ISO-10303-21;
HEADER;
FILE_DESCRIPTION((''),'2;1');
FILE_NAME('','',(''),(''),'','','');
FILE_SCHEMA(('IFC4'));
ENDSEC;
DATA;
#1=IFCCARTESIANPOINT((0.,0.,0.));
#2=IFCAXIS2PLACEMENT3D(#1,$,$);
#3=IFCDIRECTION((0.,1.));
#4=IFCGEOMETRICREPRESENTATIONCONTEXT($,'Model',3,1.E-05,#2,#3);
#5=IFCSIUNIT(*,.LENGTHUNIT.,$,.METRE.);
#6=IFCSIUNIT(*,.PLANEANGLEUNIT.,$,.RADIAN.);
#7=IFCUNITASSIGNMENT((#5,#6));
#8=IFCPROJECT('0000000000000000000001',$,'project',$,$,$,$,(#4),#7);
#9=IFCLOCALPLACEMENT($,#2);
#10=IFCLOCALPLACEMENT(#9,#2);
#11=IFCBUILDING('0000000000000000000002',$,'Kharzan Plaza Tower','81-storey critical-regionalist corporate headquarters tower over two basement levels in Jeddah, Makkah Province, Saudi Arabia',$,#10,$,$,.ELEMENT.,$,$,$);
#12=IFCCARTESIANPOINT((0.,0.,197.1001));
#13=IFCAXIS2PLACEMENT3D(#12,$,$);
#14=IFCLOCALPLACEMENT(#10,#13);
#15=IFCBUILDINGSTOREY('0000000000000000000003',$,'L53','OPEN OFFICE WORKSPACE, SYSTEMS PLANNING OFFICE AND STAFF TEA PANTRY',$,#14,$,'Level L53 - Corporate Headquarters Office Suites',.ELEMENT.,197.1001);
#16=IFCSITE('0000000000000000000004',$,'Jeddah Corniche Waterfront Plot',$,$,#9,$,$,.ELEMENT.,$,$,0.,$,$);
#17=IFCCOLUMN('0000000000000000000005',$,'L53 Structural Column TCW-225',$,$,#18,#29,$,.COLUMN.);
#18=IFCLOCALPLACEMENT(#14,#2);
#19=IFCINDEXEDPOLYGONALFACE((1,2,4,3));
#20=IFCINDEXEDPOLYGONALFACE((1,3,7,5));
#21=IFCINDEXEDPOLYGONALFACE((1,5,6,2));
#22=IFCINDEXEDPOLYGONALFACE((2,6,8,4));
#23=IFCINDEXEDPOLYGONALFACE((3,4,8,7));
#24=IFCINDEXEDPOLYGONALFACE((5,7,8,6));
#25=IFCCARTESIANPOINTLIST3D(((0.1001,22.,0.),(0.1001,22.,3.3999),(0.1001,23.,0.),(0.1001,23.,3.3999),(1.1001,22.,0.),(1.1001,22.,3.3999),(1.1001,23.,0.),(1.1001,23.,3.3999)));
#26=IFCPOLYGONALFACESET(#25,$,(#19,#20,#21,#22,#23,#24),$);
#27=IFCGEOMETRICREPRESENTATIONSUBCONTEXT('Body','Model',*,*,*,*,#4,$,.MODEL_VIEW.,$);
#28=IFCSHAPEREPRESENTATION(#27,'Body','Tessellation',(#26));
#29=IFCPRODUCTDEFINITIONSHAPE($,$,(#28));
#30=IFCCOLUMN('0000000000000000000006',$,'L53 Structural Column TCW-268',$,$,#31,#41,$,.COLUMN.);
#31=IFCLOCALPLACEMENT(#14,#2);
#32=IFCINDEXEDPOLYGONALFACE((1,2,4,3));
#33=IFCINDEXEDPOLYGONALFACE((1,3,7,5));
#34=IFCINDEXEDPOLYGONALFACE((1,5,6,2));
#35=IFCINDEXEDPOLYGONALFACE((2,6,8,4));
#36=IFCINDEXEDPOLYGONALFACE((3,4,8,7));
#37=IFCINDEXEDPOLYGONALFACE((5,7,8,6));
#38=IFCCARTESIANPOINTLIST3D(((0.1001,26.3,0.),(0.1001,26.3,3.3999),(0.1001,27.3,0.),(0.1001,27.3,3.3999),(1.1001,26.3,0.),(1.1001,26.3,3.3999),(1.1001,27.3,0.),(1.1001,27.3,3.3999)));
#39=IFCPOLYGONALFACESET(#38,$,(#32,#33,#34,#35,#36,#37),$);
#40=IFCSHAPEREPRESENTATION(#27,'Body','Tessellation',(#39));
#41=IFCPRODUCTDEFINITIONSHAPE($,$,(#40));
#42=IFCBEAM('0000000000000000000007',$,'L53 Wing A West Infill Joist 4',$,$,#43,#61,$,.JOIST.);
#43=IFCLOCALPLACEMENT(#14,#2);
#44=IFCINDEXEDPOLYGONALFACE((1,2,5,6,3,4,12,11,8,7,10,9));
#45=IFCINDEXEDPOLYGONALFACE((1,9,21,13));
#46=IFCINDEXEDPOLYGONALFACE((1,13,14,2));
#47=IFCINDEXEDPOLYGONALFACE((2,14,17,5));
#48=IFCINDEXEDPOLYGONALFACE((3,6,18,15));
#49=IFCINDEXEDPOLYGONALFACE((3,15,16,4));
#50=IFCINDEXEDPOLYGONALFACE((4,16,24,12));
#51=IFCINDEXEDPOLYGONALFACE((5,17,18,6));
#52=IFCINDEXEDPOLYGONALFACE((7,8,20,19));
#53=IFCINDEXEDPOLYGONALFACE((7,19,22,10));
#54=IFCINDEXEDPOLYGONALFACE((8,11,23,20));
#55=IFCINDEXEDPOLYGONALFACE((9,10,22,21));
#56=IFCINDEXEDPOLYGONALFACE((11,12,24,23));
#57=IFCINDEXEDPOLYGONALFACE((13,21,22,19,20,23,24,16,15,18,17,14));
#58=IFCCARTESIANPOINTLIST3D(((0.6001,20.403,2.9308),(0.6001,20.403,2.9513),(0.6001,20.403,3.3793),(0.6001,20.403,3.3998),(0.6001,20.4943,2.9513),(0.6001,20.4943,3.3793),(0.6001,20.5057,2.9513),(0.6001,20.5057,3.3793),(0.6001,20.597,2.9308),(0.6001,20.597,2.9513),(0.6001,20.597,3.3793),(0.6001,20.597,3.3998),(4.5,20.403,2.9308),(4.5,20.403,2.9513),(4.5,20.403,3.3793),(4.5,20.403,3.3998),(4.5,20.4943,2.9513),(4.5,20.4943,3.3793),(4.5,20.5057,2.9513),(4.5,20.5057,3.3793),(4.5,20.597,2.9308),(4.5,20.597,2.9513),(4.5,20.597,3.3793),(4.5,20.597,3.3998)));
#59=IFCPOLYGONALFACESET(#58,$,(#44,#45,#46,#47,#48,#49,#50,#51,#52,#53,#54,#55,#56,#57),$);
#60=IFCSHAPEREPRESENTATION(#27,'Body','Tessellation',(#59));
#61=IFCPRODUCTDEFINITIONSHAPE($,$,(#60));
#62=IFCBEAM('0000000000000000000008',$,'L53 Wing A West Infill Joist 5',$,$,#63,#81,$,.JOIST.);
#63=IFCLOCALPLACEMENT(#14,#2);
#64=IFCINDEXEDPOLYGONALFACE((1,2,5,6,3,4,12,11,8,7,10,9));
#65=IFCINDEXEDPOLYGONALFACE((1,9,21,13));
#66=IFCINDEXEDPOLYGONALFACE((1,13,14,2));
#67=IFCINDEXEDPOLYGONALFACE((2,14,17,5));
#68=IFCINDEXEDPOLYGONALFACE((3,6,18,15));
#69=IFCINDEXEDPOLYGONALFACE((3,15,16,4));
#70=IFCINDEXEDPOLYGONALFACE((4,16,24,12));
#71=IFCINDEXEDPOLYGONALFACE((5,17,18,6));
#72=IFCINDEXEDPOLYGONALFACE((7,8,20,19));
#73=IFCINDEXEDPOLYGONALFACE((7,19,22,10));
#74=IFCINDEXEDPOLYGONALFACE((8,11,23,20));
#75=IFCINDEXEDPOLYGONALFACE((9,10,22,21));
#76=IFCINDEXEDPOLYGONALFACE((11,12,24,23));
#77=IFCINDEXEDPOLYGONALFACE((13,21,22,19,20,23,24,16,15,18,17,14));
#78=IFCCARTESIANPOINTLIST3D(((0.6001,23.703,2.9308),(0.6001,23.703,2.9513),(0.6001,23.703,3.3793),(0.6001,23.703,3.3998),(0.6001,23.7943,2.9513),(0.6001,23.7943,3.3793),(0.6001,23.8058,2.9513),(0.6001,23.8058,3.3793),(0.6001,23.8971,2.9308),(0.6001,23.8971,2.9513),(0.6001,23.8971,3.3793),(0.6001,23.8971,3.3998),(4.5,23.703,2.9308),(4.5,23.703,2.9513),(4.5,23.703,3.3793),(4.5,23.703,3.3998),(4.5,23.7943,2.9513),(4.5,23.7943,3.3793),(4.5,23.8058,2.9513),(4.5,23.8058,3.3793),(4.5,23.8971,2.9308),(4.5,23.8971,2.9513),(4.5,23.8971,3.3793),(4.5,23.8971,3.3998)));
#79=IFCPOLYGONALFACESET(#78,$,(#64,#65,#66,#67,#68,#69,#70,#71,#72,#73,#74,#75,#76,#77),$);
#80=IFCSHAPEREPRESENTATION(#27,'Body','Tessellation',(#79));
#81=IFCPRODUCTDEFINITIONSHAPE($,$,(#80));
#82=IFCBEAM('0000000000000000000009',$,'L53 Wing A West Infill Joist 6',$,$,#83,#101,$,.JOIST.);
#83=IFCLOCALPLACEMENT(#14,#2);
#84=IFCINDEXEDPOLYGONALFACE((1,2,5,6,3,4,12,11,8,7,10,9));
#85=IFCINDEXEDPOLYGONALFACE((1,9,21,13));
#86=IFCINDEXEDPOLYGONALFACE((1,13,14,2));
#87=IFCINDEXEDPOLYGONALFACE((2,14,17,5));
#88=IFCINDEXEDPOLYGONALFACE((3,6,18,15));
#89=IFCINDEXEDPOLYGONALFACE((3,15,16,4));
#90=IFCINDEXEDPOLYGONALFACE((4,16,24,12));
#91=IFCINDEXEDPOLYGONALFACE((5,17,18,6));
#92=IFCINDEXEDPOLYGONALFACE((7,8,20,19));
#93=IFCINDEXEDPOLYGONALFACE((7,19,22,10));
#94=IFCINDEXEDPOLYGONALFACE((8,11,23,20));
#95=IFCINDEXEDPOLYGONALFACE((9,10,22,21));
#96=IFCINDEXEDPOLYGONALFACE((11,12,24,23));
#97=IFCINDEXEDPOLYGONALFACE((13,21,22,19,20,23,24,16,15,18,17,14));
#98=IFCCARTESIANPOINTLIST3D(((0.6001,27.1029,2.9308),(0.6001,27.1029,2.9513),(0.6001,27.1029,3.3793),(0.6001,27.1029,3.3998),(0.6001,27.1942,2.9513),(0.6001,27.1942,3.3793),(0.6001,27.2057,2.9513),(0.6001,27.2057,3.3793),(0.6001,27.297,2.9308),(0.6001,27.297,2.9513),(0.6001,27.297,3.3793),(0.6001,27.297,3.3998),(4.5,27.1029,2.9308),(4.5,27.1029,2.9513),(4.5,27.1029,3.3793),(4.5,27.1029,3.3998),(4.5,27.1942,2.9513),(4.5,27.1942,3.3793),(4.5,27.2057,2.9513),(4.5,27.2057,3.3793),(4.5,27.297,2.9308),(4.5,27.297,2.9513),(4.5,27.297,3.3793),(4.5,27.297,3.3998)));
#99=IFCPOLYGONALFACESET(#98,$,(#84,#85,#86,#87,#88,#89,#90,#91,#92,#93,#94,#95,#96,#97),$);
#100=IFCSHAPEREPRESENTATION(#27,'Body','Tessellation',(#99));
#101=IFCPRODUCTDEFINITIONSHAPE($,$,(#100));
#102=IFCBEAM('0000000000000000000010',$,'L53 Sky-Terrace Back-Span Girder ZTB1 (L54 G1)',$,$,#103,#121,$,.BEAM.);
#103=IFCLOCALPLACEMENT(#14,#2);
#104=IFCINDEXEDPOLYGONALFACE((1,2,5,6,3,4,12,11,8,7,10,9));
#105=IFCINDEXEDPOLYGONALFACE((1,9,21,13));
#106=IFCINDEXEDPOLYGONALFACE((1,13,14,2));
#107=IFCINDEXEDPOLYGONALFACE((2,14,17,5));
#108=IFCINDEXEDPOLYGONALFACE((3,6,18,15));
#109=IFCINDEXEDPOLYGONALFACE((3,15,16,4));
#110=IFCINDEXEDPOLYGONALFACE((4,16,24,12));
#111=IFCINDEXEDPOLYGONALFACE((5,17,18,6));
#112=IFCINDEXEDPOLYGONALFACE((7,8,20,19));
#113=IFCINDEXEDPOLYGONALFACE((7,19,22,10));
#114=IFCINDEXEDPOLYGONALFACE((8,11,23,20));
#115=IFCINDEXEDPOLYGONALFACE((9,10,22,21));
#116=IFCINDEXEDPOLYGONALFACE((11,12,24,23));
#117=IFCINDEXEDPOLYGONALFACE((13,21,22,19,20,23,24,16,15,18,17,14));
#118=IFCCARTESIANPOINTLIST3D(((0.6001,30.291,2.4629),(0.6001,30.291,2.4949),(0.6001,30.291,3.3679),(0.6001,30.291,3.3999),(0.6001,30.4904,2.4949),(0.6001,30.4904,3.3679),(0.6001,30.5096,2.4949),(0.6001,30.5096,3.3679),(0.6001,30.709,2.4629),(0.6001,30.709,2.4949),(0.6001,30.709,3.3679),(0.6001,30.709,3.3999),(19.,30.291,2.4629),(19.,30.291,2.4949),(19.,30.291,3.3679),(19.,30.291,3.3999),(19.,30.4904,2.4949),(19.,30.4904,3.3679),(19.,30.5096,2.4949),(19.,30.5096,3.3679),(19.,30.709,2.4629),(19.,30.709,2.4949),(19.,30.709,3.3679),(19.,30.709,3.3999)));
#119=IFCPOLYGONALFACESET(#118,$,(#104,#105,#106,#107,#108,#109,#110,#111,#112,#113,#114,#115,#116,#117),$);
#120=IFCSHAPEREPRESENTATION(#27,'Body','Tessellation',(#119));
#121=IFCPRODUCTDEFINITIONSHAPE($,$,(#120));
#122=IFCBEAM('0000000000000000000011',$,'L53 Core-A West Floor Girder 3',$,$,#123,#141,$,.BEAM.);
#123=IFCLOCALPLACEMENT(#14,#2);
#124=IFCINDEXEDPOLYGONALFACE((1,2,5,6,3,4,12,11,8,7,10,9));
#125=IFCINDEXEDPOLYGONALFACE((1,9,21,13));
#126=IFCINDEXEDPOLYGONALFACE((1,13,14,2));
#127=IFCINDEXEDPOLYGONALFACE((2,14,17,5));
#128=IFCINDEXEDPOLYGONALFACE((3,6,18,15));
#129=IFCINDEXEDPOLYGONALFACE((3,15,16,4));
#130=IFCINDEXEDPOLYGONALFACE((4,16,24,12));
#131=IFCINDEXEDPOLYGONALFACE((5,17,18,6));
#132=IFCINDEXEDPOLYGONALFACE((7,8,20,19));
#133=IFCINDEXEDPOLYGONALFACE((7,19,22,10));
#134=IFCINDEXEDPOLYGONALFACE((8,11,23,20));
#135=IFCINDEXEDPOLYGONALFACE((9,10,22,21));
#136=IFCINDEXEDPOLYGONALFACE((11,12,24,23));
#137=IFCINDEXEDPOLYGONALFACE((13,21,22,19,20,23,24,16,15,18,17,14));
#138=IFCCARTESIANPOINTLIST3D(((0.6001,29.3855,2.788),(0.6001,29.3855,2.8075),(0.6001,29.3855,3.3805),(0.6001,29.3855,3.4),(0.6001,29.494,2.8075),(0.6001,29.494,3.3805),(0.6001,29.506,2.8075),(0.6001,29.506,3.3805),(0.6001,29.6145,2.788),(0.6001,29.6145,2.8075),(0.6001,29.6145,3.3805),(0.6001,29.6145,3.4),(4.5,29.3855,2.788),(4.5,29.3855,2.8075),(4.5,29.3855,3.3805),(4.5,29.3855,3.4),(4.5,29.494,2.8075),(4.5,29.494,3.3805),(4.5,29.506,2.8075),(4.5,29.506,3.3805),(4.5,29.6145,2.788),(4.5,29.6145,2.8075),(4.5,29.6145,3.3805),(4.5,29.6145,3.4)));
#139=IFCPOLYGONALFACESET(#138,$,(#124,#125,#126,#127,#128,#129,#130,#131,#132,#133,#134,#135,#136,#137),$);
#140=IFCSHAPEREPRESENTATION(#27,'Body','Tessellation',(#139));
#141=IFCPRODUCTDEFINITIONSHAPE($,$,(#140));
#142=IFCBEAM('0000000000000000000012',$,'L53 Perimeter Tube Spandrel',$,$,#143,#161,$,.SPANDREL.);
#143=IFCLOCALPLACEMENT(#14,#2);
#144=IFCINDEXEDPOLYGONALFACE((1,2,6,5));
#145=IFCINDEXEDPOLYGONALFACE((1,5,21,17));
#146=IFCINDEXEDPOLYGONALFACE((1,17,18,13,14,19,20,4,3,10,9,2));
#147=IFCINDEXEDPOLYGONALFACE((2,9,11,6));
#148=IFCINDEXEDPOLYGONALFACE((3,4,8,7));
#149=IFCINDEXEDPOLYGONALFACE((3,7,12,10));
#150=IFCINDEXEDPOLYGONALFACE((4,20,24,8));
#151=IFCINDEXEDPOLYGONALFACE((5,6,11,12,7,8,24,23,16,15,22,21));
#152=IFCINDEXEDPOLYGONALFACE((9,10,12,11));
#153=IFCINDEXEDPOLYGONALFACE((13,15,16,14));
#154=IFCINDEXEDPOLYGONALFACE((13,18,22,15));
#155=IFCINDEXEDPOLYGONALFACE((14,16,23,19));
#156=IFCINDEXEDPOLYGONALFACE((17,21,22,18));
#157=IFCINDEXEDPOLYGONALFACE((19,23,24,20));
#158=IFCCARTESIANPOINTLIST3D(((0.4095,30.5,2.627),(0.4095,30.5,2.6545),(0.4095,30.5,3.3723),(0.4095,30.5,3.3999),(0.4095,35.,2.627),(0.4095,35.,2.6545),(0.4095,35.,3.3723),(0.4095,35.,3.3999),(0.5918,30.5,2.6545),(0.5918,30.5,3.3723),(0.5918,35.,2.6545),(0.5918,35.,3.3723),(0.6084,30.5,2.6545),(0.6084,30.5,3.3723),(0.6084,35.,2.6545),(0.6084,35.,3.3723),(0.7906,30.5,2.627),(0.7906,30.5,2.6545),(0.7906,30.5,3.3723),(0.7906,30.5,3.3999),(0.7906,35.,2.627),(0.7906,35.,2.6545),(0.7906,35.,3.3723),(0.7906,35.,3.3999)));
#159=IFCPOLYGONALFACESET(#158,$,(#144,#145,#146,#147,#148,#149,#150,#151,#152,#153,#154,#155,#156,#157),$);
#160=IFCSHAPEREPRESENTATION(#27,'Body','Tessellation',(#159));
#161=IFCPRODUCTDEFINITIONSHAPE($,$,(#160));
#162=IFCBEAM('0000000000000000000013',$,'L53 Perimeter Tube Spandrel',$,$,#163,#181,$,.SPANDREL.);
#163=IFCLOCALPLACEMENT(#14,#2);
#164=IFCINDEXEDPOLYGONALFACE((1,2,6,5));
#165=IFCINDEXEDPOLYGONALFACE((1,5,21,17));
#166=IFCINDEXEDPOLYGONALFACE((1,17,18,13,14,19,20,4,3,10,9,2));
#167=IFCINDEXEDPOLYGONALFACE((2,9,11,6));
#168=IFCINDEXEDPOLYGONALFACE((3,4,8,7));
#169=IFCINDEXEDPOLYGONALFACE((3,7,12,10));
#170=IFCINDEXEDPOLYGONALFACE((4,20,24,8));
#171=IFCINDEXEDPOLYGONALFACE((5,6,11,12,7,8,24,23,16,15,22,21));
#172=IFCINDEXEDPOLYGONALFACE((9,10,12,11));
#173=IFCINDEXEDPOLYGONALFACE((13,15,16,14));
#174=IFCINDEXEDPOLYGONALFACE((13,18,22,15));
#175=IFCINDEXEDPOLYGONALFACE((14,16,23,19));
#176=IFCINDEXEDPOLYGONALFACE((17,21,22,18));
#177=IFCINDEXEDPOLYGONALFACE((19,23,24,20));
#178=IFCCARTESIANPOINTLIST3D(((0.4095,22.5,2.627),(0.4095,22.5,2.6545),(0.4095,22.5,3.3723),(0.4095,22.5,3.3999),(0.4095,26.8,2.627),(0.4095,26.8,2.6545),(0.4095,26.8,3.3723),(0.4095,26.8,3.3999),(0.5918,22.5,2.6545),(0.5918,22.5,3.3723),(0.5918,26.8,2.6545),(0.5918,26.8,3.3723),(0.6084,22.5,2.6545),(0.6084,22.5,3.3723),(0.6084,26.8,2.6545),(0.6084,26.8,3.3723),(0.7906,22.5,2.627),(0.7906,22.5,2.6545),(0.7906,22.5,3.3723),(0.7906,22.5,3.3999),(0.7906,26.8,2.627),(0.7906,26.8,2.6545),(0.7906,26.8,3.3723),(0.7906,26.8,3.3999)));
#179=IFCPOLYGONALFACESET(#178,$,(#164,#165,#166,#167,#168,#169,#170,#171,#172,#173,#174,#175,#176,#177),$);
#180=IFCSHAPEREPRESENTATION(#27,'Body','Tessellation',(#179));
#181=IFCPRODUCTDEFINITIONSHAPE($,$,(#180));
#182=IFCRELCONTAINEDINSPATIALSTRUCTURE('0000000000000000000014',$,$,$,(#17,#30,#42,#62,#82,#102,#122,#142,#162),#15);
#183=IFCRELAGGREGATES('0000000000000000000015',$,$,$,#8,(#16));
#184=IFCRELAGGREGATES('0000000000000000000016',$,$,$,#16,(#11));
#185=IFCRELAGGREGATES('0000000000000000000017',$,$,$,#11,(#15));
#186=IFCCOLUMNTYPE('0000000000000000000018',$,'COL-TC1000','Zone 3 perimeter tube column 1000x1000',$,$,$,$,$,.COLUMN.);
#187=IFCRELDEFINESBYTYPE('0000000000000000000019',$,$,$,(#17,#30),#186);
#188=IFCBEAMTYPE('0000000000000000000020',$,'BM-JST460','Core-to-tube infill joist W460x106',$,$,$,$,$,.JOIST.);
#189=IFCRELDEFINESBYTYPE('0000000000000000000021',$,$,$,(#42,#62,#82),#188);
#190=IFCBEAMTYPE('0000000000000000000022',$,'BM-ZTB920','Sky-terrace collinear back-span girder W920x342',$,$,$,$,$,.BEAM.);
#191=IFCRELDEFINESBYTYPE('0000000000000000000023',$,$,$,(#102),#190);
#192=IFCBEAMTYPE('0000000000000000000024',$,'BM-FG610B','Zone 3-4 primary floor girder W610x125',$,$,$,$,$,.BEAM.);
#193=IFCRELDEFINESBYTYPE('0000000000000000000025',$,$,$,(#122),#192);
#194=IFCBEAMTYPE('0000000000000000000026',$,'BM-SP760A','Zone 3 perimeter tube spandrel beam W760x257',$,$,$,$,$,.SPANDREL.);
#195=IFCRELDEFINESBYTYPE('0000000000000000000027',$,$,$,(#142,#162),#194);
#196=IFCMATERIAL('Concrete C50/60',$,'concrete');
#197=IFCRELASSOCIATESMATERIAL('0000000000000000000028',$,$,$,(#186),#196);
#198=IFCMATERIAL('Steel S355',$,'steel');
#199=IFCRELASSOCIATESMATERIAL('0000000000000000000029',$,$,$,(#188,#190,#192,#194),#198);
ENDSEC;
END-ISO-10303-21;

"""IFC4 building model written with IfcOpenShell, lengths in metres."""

from ifc_helpers import new_model, si_unit, direction, frame, origin, origin_2d, place, context, subcontext, project, spatial, rectangle, i_section, extrude, source, transform, mapped, material, material_profile, profile_set, type_object, element, save


model = new_model("IFC4")

# Units and contexts
model_context = context("Model", 3, precision=1e-05, world=origin(), true_north=direction((0.0, 1.0)))
body_context = subcontext(model_context, "Body", "Model", "MODEL_VIEW")
ifc_project = project(units=[si_unit("LENGTHUNIT", "METRE"), si_unit("PLANEANGLEUNIT", "RADIAN")], contexts=[model_context])

# Site, building, storey
site_placement = place(None, origin())
site = spatial("IfcSite", under=ifc_project, at=site_placement, Name="Jeddah Corniche Waterfront Plot", CompositionType="ELEMENT", RefElevation=0.0)
building_placement = place(site_placement, origin())
building = spatial("IfcBuilding", under=site, at=building_placement, Name="Kharzan Plaza Tower", Description="81-storey critical-regionalist corporate headquarters tower over two basement levels in Jeddah, Makkah Province, Saudi Arabia", CompositionType="ELEMENT")
storey_placement = place(building_placement, frame((0.0, 0.0, 197.1001)))
storey = spatial("IfcBuildingStorey", under=building, at=storey_placement, Name="L53", Description="OPEN OFFICE WORKSPACE, SYSTEMS PLANNING OFFICE AND STAFF TEA PANTRY", LongName="Level L53 - Corporate Headquarters Office Suites", CompositionType="ELEMENT", Elevation=197.1001)

# Columns
ifc_material_1 = material(Name="Concrete C50/60", Category="concrete")
ifc_material_profile_1 = material_profile(ifc_material_1, rectangle(XDim=1.0, YDim=1.0, at=origin_2d()), Name="RC-TC1000x1000")
ifc_profile_set_1 = profile_set([ifc_material_profile_1], Name="Concrete C50/60")
column_type = type_object("IfcColumnType", Name="COL-TC1000", Description="Zone 3 perimeter tube column 1000x1000", PredefinedType="COLUMN", material=ifc_profile_set_1)
shared_shape_1 = source(origin(), body_context, "Body", "SweptSolid", [
    extrude(rectangle(XDim=1.0, YDim=1.0, at=origin_2d()), origin(), (0.0, 0.0, 1.0), 3.3999),
])
for number, where, z_axis, x_axis, name in (
    (1, (0.6001, 22.5, 0.0), (0.0, 0.0, 1.0), (1.0, 0.0, 0.0), "L53 Structural Column TCW-225"),
    (2, (0.6001, 26.8, 0.0), (0.0, 0.0, 1.0), (1.0, 0.0, 0.0), "L53 Structural Column TCW-268"),
):
    element("IfcColumn", number, at=place(storey_placement, frame(where, z_axis=z_axis, x_axis=x_axis)), inside=storey, type_object=column_type, Name=name, PredefinedType="COLUMN", context=body_context, shape_type="MappedRepresentation", body=[
        mapped(shared_shape_1, transform((0.0, 0.0, 0.0), x_axis=(1.0, 0.0, 0.0), y_axis=(0.0, 1.0, 0.0), z_axis=(0.0, 0.0, 1.0))),
    ])

# Beams
ifc_material_2 = material(Name="Steel S355", Category="steel")
ifc_material_profile_2 = material_profile(ifc_material_2, i_section(OverallWidth=0.1941, OverallDepth=0.469, WebThickness=0.0115, FlangeThickness=0.0205, at=origin_2d()), Name="W460x106")
ifc_profile_set_2 = profile_set([ifc_material_profile_2], Name="Steel S355")
beam_type_1 = type_object("IfcBeamType", Name="BM-JST460", Description="Core-to-tube infill joist W460x106", PredefinedType="JOIST", material=ifc_profile_set_2)
shared_shape_2 = source(origin(), body_context, "Body", "SweptSolid", [
    extrude(i_section(OverallWidth=0.1941, OverallDepth=0.469, WebThickness=0.0115, FlangeThickness=0.0205, at=origin_2d()), origin(), (0.0, 0.0, 1.0), 3.8999),
])
for number, where, z_axis, x_axis, name in (
    (3, (0.6001, 20.5, 3.1653), (1.0, 0.0, 0.0), (0.0, 1.0, 0.0), "L53 Wing A West Infill Joist 4"),
    (4, (0.6001, 23.8, 3.1653), (1.0, 0.0, 0.0), (0.0, 1.0, 0.0), "L53 Wing A West Infill Joist 5"),
    (5, (0.6001, 27.2, 3.1653), (1.0, 0.0, 0.0), (0.0, 1.0, 0.0), "L53 Wing A West Infill Joist 6"),
):
    element("IfcBeam", number, at=place(storey_placement, frame(where, z_axis=z_axis, x_axis=x_axis)), inside=storey, type_object=beam_type_1, Name=name, PredefinedType="JOIST", context=body_context, shape_type="MappedRepresentation", body=[
        mapped(shared_shape_2, transform((0.0, 0.0, 0.0), x_axis=(1.0, 0.0, 0.0), y_axis=(0.0, 1.0, 0.0), z_axis=(0.0, 0.0, 1.0))),
    ])
ifc_material_profile_3 = material_profile(ifc_material_2, i_section(OverallWidth=0.418, OverallDepth=0.937, WebThickness=0.0193, FlangeThickness=0.032, at=origin_2d()), Name="W920x342")
ifc_profile_set_3 = profile_set([ifc_material_profile_3], Name="Steel S355")
beam_type_2 = type_object("IfcBeamType", Name="BM-ZTB920", Description="Sky-terrace collinear back-span girder W920x342", PredefinedType="BEAM", material=ifc_profile_set_3)
shared_shape_3 = source(origin(), body_context, "Body", "SweptSolid", [
    extrude(i_section(OverallWidth=0.418, OverallDepth=0.937, WebThickness=0.0193, FlangeThickness=0.032, at=origin_2d()), origin(), (0.0, 0.0, 1.0), 18.3999),
])
beam_1_placement = place(storey_placement, frame((0.6001, 30.5, 2.9314), z_axis=(1.0, 0.0, 0.0), x_axis=(0.0, 1.0, 0.0)))
element("IfcBeam", 6, at=beam_1_placement, inside=storey, type_object=beam_type_2, Name="L53 Sky-Terrace Back-Span Girder ZTB1 (L54 G1)", PredefinedType="BEAM", context=body_context, shape_type="MappedRepresentation", body=[
    mapped(shared_shape_3, transform((0.0, 0.0, 0.0), x_axis=(1.0, 0.0, 0.0), y_axis=(0.0, 1.0, 0.0), z_axis=(0.0, 0.0, 1.0))),
])
ifc_material_profile_4 = material_profile(ifc_material_2, i_section(OverallWidth=0.229, OverallDepth=0.6121, WebThickness=0.012, FlangeThickness=0.0195, at=origin_2d()), Name="W610x125")
ifc_profile_set_4 = profile_set([ifc_material_profile_4], Name="Steel S355")
beam_type_3 = type_object("IfcBeamType", Name="BM-FG610B", Description="Zone 3-4 primary floor girder W610x125", PredefinedType="BEAM", material=ifc_profile_set_4)
shared_shape_4 = source(origin(), body_context, "Body", "SweptSolid", [
    extrude(i_section(OverallWidth=0.229, OverallDepth=0.6121, WebThickness=0.012, FlangeThickness=0.0195, at=origin_2d()), origin(), (0.0, 0.0, 1.0), 3.8999),
])
beam_2_placement = place(storey_placement, frame((0.6001, 29.5, 3.094), z_axis=(1.0, 0.0, 0.0), x_axis=(0.0, 1.0, 0.0)))
element("IfcBeam", 7, at=beam_2_placement, inside=storey, type_object=beam_type_3, Name="L53 Core-A West Floor Girder 3", PredefinedType="BEAM", context=body_context, shape_type="MappedRepresentation", body=[
    mapped(shared_shape_4, transform((0.0, 0.0, 0.0), x_axis=(1.0, 0.0, 0.0), y_axis=(0.0, 1.0, 0.0), z_axis=(0.0, 0.0, 1.0))),
])
ifc_material_profile_5 = material_profile(ifc_material_2, i_section(OverallWidth=0.3811, OverallDepth=0.7729, WebThickness=0.0166, FlangeThickness=0.0276, at=origin_2d()), Name="W760x257")
ifc_profile_set_5 = profile_set([ifc_material_profile_5], Name="Steel S355")
beam_type_4 = type_object("IfcBeamType", Name="BM-SP760A", Description="Zone 3 perimeter tube spandrel beam W760x257", PredefinedType="SPANDREL", material=ifc_profile_set_5)
shared_shape_5 = source(origin(), body_context, "Body", "SweptSolid", [
    extrude(i_section(OverallWidth=0.3811, OverallDepth=0.7729, WebThickness=0.0166, FlangeThickness=0.0276, at=origin_2d()), origin(), (0.0, 0.0, 1.0), 4.5),
])
beam_3_placement = place(storey_placement, frame((0.6001, 30.5, 3.0134), z_axis=(0.0, 1.0, 0.0), x_axis=(-1.0, 0.0, 0.0)))
element("IfcBeam", 8, at=beam_3_placement, inside=storey, type_object=beam_type_4, Name="L53 Perimeter Tube Spandrel", PredefinedType="SPANDREL", context=body_context, shape_type="MappedRepresentation", body=[
    mapped(shared_shape_5, transform((0.0, 0.0, 0.0), x_axis=(1.0, 0.0, 0.0), y_axis=(0.0, 1.0, 0.0), z_axis=(0.0, 0.0, 1.0))),
])
shared_shape_6 = source(origin(), body_context, "Body", "SweptSolid", [
    extrude(i_section(OverallWidth=0.3811, OverallDepth=0.7729, WebThickness=0.0166, FlangeThickness=0.0276, at=origin_2d()), origin(), (0.0, 0.0, 1.0), 4.3),
])
beam_4_placement = place(storey_placement, frame((0.6001, 22.5, 3.0134), z_axis=(0.0, 1.0, 0.0), x_axis=(-1.0, 0.0, 0.0)))
element("IfcBeam", 9, at=beam_4_placement, inside=storey, type_object=beam_type_4, Name="L53 Perimeter Tube Spandrel", PredefinedType="SPANDREL", context=body_context, shape_type="MappedRepresentation", body=[
    mapped(shared_shape_6, transform((0.0, 0.0, 0.0), x_axis=(1.0, 0.0, 0.0), y_axis=(0.0, 1.0, 0.0), z_axis=(0.0, 0.0, 1.0))),
])

save(model, "model.ifc")
